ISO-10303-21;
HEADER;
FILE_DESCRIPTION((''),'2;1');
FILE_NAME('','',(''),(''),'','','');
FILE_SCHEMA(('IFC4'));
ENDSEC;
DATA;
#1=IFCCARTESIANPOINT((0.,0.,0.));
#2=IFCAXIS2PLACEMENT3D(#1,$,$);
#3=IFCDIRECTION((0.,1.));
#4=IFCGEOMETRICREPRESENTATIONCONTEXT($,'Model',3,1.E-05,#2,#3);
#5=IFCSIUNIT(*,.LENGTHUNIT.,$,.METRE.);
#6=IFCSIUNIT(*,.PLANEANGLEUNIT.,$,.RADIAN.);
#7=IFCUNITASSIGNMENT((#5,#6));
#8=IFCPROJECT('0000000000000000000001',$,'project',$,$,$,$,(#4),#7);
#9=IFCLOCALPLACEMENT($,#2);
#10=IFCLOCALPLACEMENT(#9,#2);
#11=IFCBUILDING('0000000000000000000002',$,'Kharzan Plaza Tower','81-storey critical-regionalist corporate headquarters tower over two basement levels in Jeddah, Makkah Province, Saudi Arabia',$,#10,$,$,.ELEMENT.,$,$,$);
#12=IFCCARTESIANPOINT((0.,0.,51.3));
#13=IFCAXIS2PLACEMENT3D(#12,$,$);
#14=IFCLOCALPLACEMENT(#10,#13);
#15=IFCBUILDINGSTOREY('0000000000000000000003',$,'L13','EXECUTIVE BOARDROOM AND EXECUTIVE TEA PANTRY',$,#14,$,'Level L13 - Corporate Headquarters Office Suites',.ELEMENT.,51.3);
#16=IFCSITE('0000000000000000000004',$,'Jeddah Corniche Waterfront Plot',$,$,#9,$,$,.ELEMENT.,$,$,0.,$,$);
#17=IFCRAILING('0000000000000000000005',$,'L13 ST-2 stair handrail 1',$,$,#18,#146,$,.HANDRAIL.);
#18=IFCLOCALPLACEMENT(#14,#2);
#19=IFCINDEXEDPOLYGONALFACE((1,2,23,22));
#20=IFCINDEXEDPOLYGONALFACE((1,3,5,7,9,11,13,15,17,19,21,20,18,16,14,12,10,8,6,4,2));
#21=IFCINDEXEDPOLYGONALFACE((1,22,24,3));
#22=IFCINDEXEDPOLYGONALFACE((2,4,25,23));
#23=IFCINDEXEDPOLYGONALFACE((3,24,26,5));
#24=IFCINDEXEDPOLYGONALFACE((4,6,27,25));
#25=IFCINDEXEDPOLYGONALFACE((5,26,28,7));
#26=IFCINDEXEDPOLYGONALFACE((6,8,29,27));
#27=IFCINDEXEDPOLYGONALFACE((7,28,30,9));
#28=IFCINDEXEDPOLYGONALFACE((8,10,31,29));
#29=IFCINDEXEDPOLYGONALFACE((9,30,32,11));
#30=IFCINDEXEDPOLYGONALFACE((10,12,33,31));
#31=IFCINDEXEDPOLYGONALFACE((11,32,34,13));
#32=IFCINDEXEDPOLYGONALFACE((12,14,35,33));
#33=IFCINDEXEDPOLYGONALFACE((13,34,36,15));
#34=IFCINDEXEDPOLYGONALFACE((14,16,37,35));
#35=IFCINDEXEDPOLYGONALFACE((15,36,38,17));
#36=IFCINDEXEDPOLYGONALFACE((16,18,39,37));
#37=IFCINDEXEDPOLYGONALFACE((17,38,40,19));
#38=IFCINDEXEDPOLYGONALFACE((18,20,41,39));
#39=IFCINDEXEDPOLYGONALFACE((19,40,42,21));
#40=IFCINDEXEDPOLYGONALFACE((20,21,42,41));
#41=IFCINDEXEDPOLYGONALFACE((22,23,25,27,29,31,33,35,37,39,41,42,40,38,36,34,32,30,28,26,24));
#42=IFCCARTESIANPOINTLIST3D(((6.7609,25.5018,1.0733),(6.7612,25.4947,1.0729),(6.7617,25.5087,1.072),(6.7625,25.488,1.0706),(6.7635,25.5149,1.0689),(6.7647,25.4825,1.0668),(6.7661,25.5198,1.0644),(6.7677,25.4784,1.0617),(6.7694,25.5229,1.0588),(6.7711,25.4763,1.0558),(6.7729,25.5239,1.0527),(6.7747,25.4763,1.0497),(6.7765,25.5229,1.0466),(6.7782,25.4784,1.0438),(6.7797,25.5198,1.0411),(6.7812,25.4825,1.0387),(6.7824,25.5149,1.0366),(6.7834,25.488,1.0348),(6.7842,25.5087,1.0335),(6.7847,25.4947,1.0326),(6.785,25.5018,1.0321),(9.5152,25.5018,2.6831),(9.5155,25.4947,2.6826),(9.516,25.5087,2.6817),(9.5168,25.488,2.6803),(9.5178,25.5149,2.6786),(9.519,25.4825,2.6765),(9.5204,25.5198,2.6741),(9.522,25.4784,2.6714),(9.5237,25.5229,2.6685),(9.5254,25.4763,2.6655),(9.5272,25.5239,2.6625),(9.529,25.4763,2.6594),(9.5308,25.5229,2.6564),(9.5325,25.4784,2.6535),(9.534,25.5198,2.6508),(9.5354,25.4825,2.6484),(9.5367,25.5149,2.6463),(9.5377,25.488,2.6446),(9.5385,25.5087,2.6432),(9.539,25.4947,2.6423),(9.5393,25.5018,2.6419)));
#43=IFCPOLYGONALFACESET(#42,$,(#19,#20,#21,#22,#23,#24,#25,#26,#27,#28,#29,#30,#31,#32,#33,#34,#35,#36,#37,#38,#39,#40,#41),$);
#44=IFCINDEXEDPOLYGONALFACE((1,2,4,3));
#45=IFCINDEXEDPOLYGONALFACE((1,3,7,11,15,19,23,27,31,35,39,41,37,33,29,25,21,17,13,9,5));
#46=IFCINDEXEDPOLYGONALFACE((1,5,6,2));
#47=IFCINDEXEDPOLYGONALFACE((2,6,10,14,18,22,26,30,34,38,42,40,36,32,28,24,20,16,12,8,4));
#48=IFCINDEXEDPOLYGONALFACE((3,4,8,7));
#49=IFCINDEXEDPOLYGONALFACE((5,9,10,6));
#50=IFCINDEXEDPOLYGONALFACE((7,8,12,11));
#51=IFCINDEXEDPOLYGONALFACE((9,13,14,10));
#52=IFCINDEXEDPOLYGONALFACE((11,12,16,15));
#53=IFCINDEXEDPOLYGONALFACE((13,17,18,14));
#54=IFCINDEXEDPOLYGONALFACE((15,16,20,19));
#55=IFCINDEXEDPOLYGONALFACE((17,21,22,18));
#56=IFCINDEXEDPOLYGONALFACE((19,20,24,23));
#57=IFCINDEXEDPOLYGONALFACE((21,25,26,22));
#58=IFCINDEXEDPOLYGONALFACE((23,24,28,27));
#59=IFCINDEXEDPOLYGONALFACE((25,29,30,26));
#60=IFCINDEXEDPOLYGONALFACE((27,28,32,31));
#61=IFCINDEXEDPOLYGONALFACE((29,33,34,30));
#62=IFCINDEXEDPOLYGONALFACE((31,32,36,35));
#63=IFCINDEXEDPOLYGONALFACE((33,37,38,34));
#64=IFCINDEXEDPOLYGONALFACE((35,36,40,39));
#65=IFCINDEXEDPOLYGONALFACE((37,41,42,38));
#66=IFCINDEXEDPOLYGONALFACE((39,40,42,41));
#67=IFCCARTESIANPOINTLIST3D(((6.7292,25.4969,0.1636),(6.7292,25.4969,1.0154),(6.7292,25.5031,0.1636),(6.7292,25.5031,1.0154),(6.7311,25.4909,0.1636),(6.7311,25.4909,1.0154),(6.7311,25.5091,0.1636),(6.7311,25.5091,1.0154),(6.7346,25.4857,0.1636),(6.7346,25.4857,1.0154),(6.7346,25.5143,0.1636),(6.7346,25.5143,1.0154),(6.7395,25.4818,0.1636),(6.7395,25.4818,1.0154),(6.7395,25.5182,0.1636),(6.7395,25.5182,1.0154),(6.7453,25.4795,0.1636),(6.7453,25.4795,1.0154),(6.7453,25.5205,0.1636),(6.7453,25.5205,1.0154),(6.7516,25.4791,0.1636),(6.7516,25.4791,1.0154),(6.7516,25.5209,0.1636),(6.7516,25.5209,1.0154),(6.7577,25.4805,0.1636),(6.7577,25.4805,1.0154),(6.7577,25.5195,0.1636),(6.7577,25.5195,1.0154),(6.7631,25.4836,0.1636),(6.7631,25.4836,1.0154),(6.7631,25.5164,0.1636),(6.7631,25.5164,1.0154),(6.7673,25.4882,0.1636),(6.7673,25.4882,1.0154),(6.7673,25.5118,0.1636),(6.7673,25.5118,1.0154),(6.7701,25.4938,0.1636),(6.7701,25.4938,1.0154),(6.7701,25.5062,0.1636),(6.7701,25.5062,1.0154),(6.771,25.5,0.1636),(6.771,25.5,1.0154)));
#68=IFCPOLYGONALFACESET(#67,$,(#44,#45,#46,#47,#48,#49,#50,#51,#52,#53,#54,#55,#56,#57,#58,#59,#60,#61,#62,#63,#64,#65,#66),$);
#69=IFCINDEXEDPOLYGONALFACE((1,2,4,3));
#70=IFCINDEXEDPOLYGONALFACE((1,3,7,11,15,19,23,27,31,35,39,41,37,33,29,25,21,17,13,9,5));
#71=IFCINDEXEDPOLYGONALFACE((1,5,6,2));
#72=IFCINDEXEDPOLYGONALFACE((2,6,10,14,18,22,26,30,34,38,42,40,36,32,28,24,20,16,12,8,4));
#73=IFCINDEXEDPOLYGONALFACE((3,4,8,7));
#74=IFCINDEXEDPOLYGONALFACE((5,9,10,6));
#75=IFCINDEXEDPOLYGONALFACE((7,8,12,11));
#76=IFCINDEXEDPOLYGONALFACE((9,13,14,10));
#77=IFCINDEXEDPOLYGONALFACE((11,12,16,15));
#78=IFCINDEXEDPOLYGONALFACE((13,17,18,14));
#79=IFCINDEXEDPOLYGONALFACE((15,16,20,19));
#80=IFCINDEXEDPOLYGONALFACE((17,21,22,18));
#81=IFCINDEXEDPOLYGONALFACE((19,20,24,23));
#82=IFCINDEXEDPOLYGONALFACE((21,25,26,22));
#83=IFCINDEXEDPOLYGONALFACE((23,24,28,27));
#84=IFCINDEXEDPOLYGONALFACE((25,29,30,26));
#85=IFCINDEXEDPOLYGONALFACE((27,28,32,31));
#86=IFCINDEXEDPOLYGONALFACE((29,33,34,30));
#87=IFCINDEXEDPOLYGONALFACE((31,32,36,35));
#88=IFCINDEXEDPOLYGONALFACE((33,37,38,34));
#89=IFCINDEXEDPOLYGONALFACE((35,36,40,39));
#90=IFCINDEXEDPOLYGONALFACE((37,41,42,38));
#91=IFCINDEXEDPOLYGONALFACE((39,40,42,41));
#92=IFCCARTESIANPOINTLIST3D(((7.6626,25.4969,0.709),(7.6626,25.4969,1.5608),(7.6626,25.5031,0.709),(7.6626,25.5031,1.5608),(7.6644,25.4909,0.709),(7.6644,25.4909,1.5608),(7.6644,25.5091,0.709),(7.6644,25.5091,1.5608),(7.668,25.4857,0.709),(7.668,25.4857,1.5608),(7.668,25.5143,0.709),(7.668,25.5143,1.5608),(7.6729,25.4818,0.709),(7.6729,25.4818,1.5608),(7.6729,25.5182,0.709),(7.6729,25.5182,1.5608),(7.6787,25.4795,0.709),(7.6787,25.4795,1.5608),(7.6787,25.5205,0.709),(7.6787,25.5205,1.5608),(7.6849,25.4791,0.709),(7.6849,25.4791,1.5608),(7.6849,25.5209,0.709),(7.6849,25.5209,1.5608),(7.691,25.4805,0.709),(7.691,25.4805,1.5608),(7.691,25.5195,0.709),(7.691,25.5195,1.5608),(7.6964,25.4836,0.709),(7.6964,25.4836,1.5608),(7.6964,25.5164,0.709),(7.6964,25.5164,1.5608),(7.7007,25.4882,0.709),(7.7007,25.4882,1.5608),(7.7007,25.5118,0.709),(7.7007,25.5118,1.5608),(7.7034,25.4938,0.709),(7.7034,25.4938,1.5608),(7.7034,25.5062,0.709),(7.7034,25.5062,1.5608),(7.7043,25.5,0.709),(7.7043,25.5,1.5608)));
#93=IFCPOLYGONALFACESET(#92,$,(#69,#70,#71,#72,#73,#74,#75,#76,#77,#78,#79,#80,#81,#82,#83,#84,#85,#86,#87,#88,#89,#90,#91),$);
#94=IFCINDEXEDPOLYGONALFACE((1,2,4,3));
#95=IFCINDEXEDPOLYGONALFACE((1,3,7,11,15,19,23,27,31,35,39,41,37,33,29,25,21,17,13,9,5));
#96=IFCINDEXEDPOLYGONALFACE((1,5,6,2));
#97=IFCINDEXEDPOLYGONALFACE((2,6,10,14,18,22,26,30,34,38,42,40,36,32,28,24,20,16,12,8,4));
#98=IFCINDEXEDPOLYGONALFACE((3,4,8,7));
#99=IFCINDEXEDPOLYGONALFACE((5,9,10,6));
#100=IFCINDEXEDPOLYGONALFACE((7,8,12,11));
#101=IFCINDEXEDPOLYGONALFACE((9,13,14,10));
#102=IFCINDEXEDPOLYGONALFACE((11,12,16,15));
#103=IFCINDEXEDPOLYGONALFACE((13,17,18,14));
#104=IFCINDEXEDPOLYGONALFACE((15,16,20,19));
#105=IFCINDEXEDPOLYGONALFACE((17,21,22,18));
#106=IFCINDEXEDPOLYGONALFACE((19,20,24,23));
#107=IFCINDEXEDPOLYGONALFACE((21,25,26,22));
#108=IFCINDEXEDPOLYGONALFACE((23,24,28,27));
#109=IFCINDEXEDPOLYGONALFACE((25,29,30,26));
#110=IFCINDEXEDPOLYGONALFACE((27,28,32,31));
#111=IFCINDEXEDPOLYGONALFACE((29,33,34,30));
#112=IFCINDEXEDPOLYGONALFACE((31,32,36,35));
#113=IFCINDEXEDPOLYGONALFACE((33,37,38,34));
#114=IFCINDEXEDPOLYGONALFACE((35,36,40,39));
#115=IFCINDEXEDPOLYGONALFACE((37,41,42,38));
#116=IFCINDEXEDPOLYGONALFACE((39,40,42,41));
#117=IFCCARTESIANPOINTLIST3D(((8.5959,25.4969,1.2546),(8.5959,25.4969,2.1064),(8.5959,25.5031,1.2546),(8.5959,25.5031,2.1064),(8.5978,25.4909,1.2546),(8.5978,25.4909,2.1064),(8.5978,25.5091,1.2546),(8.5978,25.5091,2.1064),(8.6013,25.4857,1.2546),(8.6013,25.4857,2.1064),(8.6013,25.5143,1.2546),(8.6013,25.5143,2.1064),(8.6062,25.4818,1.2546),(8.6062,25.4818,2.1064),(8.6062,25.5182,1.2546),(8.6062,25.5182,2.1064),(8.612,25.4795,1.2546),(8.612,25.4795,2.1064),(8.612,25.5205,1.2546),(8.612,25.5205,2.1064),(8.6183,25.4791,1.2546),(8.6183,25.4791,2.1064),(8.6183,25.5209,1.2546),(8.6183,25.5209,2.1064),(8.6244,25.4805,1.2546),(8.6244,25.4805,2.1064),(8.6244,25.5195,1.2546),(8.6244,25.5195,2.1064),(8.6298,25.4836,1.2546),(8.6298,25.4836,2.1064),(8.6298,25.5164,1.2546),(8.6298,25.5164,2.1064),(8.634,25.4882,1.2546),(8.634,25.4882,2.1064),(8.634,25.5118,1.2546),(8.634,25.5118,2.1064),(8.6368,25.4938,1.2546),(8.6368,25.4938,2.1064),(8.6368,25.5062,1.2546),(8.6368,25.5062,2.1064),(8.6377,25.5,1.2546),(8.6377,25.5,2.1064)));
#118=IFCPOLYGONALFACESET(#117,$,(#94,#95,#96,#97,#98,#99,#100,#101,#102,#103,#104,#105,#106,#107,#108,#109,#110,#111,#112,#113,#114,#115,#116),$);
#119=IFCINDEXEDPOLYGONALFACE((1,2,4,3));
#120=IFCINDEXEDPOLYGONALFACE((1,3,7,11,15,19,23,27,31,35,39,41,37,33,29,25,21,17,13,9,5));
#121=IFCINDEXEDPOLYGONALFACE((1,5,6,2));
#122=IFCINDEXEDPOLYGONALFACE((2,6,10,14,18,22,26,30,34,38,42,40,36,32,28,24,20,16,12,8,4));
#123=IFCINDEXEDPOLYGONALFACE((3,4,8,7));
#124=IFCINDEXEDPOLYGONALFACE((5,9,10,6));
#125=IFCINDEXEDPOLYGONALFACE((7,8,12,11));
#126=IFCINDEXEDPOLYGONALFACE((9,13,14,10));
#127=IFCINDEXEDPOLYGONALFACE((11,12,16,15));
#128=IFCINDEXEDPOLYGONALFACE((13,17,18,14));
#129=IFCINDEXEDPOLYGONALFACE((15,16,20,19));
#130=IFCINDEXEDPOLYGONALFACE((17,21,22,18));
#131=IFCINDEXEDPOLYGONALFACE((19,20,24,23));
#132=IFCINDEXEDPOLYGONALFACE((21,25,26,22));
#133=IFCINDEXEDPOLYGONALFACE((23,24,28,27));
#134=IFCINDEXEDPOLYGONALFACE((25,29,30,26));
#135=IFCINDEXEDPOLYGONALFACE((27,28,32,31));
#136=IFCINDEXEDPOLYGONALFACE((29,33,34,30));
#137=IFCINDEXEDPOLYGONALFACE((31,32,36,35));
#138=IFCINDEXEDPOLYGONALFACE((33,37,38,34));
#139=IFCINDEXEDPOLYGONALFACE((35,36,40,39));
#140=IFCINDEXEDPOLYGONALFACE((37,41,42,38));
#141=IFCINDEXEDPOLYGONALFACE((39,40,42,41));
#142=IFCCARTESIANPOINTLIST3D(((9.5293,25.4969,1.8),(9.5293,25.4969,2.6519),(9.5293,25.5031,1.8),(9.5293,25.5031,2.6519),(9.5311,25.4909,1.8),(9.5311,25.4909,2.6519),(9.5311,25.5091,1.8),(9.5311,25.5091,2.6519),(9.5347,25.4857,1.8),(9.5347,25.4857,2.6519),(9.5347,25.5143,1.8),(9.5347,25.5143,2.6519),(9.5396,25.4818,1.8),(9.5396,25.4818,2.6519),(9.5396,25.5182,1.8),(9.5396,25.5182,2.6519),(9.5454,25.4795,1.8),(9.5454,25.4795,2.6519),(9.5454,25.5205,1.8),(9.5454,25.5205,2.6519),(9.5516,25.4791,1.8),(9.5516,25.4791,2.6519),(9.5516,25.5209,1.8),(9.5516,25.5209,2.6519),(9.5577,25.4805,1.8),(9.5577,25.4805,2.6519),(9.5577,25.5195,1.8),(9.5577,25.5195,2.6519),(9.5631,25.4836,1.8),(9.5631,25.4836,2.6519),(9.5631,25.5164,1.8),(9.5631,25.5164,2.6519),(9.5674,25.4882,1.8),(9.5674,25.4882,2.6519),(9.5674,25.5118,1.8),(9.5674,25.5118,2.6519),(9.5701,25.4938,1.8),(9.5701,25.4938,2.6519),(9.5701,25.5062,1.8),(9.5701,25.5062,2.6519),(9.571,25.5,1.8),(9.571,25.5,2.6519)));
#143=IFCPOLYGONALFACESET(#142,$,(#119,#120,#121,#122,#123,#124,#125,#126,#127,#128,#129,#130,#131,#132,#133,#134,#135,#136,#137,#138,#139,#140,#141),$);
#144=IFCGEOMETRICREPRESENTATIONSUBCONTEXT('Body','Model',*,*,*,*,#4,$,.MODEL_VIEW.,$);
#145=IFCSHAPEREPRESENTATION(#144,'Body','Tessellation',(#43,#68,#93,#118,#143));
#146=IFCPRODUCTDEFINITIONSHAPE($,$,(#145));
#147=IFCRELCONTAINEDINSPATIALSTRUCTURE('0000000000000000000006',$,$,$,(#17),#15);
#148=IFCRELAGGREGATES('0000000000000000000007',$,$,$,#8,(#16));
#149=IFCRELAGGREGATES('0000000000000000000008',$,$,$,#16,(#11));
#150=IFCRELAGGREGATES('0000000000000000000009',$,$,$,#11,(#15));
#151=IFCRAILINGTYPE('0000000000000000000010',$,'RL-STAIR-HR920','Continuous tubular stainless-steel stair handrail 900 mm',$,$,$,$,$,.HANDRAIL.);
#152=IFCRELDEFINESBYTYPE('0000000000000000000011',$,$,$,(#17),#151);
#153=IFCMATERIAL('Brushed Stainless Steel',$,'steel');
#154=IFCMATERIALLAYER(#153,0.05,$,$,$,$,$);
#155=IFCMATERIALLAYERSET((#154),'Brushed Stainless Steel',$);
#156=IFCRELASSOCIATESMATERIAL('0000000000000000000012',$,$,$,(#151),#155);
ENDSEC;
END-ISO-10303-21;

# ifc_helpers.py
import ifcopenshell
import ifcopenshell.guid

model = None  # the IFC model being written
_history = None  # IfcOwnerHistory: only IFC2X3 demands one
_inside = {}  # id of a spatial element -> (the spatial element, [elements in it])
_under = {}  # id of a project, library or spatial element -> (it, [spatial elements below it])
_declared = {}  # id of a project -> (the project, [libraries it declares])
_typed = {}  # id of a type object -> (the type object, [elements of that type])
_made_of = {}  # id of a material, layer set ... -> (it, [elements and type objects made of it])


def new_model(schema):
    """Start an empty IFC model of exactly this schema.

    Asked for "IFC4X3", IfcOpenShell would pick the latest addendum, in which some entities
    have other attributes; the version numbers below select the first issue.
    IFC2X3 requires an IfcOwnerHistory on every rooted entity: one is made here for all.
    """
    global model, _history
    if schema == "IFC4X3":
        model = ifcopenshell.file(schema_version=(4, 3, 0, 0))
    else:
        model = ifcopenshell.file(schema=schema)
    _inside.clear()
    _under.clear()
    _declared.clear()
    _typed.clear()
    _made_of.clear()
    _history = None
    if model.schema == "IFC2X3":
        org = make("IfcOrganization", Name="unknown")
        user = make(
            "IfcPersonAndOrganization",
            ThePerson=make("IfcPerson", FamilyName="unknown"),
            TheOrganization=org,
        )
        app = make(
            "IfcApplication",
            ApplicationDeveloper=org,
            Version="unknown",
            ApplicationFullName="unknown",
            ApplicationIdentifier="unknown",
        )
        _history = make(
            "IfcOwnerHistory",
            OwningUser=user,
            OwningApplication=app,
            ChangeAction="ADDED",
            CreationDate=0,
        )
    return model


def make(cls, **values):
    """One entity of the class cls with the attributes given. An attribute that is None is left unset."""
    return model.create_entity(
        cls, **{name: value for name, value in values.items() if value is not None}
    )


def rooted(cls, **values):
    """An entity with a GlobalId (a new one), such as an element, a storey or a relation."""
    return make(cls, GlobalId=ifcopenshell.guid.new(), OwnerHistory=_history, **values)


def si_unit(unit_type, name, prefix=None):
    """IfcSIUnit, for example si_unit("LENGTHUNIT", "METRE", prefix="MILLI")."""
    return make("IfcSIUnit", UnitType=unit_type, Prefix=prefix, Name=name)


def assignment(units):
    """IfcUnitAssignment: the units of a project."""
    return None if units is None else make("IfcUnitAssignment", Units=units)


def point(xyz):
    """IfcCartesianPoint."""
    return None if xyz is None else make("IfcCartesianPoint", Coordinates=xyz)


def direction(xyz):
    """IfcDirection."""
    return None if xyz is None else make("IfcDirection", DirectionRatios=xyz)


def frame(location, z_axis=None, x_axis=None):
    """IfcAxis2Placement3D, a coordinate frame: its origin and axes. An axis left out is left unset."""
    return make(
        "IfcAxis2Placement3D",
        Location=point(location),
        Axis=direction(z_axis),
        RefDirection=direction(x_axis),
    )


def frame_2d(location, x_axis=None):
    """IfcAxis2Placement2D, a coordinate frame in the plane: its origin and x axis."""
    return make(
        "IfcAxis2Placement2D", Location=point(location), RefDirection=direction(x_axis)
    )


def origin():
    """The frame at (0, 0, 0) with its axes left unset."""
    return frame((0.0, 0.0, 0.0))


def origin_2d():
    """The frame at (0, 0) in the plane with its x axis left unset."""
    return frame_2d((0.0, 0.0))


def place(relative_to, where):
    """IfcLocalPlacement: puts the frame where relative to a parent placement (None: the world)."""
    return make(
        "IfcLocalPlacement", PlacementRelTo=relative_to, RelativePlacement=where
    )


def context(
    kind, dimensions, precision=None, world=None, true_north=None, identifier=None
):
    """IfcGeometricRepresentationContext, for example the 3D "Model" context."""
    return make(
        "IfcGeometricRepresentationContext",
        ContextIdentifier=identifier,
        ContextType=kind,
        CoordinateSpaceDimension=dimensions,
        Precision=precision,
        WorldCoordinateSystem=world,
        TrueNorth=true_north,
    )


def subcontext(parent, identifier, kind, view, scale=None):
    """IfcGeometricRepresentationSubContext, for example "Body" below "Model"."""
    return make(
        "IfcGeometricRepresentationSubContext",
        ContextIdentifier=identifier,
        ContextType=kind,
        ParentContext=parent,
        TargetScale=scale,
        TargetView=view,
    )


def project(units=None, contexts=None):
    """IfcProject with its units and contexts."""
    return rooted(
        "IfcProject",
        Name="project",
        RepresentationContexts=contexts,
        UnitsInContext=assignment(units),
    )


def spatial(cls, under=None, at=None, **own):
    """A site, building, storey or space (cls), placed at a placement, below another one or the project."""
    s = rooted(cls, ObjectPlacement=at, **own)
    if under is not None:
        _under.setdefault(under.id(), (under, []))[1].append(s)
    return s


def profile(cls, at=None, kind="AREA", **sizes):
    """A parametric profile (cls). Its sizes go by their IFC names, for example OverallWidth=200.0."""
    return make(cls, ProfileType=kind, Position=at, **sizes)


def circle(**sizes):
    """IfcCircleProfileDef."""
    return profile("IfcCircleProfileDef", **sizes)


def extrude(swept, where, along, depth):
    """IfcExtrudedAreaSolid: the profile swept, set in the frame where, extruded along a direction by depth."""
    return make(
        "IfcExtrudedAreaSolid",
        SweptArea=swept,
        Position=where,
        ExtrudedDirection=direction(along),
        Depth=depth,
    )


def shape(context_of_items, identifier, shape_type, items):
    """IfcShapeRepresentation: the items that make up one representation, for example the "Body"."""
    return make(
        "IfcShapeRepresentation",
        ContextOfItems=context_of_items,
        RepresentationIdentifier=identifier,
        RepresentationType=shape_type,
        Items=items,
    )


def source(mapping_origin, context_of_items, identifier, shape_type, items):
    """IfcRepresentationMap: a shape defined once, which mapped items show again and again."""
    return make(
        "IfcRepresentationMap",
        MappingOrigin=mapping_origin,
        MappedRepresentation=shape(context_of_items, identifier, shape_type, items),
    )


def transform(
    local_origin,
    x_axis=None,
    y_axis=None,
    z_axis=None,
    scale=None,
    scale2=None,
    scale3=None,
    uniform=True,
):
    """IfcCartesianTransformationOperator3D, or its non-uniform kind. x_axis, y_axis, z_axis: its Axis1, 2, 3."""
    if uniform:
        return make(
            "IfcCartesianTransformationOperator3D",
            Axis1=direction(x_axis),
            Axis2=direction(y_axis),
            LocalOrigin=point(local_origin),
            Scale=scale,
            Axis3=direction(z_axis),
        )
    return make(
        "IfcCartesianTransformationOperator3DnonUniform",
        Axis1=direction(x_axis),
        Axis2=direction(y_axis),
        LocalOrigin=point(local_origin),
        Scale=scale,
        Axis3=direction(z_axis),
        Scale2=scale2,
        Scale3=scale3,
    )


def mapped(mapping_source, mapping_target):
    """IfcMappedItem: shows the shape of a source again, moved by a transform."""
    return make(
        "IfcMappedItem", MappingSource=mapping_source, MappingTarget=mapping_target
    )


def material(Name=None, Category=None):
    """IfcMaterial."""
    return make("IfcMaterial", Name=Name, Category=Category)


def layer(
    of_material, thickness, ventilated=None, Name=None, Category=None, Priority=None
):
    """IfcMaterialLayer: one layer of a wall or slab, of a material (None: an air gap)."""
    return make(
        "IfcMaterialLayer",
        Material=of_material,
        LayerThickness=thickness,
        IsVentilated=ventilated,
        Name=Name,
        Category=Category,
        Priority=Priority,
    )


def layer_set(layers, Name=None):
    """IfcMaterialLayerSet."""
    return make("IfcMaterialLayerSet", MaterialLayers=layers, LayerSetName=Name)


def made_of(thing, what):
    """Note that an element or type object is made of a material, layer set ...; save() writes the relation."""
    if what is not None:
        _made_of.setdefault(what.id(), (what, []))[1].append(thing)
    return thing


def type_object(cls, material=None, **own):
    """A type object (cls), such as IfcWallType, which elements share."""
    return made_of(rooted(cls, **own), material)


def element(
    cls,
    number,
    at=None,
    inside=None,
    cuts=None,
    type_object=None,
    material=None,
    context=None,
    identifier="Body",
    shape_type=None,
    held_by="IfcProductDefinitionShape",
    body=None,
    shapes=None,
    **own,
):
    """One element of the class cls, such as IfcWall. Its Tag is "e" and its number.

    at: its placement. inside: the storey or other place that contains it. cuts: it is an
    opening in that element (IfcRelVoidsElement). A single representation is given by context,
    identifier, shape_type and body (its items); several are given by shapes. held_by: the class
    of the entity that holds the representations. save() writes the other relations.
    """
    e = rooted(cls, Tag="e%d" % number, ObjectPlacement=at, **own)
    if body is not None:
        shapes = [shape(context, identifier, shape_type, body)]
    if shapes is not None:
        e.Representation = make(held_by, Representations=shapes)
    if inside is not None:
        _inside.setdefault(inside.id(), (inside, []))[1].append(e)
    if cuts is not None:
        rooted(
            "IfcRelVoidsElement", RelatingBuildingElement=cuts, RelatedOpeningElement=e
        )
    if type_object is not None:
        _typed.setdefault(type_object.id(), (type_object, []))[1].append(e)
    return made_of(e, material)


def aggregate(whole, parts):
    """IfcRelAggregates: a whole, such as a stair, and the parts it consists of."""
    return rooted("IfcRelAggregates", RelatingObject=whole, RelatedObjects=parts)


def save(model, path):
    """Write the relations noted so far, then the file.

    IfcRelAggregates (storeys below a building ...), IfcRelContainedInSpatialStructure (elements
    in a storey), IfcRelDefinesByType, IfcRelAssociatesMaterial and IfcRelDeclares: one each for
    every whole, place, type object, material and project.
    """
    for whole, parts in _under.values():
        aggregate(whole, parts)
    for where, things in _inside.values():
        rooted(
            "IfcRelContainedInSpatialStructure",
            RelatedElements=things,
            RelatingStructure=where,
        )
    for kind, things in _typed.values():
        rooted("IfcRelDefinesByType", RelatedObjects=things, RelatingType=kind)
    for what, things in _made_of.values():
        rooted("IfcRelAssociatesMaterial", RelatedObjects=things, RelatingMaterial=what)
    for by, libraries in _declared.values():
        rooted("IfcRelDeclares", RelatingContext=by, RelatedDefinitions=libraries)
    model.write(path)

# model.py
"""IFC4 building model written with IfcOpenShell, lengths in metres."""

from ifc_helpers import new_model, si_unit, direction, frame, origin, origin_2d, place, context, subcontext, project, spatial, circle, extrude, source, transform, mapped, material, layer, layer_set, type_object, element, save


model = new_model("IFC4")

# Units and contexts
model_context = context("Model", 3, precision=1e-05, world=origin(), true_north=direction((0.0, 1.0)))
body_context = subcontext(model_context, "Body", "Model", "MODEL_VIEW")
ifc_project = project(units=[si_unit("LENGTHUNIT", "METRE"), si_unit("PLANEANGLEUNIT", "RADIAN")], contexts=[model_context])

# Site, building, storey
site_placement = place(None, origin())
site = spatial("IfcSite", under=ifc_project, at=site_placement, Name="Jeddah Corniche Waterfront Plot", CompositionType="ELEMENT", RefElevation=0.0)
building_placement = place(site_placement, origin())
building = spatial("IfcBuilding", under=site, at=building_placement, Name="Kharzan Plaza Tower", Description="81-storey critical-regionalist corporate headquarters tower over two basement levels in Jeddah, Makkah Province, Saudi Arabia", CompositionType="ELEMENT")
storey_placement = place(building_placement, frame((0.0, 0.0, 51.3)))
storey = spatial("IfcBuildingStorey", under=building, at=storey_placement, Name="L13", Description="EXECUTIVE BOARDROOM AND EXECUTIVE TEA PANTRY", LongName="Level L13 - Corporate Headquarters Office Suites", CompositionType="ELEMENT", Elevation=51.3)

# Railing
ifc_material_1 = material(Name="Brushed Stainless Steel", Category="steel")
ifc_layer_1 = layer(ifc_material_1, 0.05)
ifc_layer_set_1 = layer_set([ifc_layer_1], Name="Brushed Stainless Steel")
railing_type_1 = type_object("IfcRailingType", Name="RL-STAIR-HR920", Description="Continuous tubular stainless-steel stair handrail 900 mm", PredefinedType="HANDRAIL", material=ifc_layer_set_1)
shared_shape_1 = source(origin(), body_context, "Body", "SweptSolid", [
    extrude(circle(Radius=0.0239, at=origin_2d()), frame((0.0229, 0.0, 0.8892), z_axis=(0.863361, 0.0, 0.504587), x_axis=(0.0, 1.0, 0.0)), (0.0, 0.0, 1.0), 3.1902),
    extrude(circle(Radius=0.021, at=origin_2d()), origin(), (0.0, 0.0, 1.0), 0.8518),
    extrude(circle(Radius=0.021, at=origin_2d()), frame((0.9333, 0.0, 0.5454)), (0.0, 0.0, 1.0), 0.8518),
    extrude(circle(Radius=0.021, at=origin_2d()), frame((1.8667, 0.0, 1.0911)), (0.0, 0.0, 1.0), 0.8518),
    extrude(circle(Radius=0.021, at=origin_2d()), frame((2.8, 0.0, 1.6365)), (0.0, 0.0, 1.0), 0.8518),
])
railing_1_placement = place(storey_placement, frame((6.75, 25.5, 0.1636)))
element("IfcRailing", 1, at=railing_1_placement, inside=storey, type_object=railing_type_1, Name="L13 ST-2 stair handrail 1", PredefinedType="HANDRAIL", context=body_context, shape_type="MappedRepresentation", body=[
    mapped(shared_shape_1, transform((0.0, 0.0, 0.0), x_axis=(1.0, 0.0, 0.0), y_axis=(0.0, 1.0, 0.0), z_axis=(0.0, 0.0, 1.0))),
])

save(model, "model.ifc")
